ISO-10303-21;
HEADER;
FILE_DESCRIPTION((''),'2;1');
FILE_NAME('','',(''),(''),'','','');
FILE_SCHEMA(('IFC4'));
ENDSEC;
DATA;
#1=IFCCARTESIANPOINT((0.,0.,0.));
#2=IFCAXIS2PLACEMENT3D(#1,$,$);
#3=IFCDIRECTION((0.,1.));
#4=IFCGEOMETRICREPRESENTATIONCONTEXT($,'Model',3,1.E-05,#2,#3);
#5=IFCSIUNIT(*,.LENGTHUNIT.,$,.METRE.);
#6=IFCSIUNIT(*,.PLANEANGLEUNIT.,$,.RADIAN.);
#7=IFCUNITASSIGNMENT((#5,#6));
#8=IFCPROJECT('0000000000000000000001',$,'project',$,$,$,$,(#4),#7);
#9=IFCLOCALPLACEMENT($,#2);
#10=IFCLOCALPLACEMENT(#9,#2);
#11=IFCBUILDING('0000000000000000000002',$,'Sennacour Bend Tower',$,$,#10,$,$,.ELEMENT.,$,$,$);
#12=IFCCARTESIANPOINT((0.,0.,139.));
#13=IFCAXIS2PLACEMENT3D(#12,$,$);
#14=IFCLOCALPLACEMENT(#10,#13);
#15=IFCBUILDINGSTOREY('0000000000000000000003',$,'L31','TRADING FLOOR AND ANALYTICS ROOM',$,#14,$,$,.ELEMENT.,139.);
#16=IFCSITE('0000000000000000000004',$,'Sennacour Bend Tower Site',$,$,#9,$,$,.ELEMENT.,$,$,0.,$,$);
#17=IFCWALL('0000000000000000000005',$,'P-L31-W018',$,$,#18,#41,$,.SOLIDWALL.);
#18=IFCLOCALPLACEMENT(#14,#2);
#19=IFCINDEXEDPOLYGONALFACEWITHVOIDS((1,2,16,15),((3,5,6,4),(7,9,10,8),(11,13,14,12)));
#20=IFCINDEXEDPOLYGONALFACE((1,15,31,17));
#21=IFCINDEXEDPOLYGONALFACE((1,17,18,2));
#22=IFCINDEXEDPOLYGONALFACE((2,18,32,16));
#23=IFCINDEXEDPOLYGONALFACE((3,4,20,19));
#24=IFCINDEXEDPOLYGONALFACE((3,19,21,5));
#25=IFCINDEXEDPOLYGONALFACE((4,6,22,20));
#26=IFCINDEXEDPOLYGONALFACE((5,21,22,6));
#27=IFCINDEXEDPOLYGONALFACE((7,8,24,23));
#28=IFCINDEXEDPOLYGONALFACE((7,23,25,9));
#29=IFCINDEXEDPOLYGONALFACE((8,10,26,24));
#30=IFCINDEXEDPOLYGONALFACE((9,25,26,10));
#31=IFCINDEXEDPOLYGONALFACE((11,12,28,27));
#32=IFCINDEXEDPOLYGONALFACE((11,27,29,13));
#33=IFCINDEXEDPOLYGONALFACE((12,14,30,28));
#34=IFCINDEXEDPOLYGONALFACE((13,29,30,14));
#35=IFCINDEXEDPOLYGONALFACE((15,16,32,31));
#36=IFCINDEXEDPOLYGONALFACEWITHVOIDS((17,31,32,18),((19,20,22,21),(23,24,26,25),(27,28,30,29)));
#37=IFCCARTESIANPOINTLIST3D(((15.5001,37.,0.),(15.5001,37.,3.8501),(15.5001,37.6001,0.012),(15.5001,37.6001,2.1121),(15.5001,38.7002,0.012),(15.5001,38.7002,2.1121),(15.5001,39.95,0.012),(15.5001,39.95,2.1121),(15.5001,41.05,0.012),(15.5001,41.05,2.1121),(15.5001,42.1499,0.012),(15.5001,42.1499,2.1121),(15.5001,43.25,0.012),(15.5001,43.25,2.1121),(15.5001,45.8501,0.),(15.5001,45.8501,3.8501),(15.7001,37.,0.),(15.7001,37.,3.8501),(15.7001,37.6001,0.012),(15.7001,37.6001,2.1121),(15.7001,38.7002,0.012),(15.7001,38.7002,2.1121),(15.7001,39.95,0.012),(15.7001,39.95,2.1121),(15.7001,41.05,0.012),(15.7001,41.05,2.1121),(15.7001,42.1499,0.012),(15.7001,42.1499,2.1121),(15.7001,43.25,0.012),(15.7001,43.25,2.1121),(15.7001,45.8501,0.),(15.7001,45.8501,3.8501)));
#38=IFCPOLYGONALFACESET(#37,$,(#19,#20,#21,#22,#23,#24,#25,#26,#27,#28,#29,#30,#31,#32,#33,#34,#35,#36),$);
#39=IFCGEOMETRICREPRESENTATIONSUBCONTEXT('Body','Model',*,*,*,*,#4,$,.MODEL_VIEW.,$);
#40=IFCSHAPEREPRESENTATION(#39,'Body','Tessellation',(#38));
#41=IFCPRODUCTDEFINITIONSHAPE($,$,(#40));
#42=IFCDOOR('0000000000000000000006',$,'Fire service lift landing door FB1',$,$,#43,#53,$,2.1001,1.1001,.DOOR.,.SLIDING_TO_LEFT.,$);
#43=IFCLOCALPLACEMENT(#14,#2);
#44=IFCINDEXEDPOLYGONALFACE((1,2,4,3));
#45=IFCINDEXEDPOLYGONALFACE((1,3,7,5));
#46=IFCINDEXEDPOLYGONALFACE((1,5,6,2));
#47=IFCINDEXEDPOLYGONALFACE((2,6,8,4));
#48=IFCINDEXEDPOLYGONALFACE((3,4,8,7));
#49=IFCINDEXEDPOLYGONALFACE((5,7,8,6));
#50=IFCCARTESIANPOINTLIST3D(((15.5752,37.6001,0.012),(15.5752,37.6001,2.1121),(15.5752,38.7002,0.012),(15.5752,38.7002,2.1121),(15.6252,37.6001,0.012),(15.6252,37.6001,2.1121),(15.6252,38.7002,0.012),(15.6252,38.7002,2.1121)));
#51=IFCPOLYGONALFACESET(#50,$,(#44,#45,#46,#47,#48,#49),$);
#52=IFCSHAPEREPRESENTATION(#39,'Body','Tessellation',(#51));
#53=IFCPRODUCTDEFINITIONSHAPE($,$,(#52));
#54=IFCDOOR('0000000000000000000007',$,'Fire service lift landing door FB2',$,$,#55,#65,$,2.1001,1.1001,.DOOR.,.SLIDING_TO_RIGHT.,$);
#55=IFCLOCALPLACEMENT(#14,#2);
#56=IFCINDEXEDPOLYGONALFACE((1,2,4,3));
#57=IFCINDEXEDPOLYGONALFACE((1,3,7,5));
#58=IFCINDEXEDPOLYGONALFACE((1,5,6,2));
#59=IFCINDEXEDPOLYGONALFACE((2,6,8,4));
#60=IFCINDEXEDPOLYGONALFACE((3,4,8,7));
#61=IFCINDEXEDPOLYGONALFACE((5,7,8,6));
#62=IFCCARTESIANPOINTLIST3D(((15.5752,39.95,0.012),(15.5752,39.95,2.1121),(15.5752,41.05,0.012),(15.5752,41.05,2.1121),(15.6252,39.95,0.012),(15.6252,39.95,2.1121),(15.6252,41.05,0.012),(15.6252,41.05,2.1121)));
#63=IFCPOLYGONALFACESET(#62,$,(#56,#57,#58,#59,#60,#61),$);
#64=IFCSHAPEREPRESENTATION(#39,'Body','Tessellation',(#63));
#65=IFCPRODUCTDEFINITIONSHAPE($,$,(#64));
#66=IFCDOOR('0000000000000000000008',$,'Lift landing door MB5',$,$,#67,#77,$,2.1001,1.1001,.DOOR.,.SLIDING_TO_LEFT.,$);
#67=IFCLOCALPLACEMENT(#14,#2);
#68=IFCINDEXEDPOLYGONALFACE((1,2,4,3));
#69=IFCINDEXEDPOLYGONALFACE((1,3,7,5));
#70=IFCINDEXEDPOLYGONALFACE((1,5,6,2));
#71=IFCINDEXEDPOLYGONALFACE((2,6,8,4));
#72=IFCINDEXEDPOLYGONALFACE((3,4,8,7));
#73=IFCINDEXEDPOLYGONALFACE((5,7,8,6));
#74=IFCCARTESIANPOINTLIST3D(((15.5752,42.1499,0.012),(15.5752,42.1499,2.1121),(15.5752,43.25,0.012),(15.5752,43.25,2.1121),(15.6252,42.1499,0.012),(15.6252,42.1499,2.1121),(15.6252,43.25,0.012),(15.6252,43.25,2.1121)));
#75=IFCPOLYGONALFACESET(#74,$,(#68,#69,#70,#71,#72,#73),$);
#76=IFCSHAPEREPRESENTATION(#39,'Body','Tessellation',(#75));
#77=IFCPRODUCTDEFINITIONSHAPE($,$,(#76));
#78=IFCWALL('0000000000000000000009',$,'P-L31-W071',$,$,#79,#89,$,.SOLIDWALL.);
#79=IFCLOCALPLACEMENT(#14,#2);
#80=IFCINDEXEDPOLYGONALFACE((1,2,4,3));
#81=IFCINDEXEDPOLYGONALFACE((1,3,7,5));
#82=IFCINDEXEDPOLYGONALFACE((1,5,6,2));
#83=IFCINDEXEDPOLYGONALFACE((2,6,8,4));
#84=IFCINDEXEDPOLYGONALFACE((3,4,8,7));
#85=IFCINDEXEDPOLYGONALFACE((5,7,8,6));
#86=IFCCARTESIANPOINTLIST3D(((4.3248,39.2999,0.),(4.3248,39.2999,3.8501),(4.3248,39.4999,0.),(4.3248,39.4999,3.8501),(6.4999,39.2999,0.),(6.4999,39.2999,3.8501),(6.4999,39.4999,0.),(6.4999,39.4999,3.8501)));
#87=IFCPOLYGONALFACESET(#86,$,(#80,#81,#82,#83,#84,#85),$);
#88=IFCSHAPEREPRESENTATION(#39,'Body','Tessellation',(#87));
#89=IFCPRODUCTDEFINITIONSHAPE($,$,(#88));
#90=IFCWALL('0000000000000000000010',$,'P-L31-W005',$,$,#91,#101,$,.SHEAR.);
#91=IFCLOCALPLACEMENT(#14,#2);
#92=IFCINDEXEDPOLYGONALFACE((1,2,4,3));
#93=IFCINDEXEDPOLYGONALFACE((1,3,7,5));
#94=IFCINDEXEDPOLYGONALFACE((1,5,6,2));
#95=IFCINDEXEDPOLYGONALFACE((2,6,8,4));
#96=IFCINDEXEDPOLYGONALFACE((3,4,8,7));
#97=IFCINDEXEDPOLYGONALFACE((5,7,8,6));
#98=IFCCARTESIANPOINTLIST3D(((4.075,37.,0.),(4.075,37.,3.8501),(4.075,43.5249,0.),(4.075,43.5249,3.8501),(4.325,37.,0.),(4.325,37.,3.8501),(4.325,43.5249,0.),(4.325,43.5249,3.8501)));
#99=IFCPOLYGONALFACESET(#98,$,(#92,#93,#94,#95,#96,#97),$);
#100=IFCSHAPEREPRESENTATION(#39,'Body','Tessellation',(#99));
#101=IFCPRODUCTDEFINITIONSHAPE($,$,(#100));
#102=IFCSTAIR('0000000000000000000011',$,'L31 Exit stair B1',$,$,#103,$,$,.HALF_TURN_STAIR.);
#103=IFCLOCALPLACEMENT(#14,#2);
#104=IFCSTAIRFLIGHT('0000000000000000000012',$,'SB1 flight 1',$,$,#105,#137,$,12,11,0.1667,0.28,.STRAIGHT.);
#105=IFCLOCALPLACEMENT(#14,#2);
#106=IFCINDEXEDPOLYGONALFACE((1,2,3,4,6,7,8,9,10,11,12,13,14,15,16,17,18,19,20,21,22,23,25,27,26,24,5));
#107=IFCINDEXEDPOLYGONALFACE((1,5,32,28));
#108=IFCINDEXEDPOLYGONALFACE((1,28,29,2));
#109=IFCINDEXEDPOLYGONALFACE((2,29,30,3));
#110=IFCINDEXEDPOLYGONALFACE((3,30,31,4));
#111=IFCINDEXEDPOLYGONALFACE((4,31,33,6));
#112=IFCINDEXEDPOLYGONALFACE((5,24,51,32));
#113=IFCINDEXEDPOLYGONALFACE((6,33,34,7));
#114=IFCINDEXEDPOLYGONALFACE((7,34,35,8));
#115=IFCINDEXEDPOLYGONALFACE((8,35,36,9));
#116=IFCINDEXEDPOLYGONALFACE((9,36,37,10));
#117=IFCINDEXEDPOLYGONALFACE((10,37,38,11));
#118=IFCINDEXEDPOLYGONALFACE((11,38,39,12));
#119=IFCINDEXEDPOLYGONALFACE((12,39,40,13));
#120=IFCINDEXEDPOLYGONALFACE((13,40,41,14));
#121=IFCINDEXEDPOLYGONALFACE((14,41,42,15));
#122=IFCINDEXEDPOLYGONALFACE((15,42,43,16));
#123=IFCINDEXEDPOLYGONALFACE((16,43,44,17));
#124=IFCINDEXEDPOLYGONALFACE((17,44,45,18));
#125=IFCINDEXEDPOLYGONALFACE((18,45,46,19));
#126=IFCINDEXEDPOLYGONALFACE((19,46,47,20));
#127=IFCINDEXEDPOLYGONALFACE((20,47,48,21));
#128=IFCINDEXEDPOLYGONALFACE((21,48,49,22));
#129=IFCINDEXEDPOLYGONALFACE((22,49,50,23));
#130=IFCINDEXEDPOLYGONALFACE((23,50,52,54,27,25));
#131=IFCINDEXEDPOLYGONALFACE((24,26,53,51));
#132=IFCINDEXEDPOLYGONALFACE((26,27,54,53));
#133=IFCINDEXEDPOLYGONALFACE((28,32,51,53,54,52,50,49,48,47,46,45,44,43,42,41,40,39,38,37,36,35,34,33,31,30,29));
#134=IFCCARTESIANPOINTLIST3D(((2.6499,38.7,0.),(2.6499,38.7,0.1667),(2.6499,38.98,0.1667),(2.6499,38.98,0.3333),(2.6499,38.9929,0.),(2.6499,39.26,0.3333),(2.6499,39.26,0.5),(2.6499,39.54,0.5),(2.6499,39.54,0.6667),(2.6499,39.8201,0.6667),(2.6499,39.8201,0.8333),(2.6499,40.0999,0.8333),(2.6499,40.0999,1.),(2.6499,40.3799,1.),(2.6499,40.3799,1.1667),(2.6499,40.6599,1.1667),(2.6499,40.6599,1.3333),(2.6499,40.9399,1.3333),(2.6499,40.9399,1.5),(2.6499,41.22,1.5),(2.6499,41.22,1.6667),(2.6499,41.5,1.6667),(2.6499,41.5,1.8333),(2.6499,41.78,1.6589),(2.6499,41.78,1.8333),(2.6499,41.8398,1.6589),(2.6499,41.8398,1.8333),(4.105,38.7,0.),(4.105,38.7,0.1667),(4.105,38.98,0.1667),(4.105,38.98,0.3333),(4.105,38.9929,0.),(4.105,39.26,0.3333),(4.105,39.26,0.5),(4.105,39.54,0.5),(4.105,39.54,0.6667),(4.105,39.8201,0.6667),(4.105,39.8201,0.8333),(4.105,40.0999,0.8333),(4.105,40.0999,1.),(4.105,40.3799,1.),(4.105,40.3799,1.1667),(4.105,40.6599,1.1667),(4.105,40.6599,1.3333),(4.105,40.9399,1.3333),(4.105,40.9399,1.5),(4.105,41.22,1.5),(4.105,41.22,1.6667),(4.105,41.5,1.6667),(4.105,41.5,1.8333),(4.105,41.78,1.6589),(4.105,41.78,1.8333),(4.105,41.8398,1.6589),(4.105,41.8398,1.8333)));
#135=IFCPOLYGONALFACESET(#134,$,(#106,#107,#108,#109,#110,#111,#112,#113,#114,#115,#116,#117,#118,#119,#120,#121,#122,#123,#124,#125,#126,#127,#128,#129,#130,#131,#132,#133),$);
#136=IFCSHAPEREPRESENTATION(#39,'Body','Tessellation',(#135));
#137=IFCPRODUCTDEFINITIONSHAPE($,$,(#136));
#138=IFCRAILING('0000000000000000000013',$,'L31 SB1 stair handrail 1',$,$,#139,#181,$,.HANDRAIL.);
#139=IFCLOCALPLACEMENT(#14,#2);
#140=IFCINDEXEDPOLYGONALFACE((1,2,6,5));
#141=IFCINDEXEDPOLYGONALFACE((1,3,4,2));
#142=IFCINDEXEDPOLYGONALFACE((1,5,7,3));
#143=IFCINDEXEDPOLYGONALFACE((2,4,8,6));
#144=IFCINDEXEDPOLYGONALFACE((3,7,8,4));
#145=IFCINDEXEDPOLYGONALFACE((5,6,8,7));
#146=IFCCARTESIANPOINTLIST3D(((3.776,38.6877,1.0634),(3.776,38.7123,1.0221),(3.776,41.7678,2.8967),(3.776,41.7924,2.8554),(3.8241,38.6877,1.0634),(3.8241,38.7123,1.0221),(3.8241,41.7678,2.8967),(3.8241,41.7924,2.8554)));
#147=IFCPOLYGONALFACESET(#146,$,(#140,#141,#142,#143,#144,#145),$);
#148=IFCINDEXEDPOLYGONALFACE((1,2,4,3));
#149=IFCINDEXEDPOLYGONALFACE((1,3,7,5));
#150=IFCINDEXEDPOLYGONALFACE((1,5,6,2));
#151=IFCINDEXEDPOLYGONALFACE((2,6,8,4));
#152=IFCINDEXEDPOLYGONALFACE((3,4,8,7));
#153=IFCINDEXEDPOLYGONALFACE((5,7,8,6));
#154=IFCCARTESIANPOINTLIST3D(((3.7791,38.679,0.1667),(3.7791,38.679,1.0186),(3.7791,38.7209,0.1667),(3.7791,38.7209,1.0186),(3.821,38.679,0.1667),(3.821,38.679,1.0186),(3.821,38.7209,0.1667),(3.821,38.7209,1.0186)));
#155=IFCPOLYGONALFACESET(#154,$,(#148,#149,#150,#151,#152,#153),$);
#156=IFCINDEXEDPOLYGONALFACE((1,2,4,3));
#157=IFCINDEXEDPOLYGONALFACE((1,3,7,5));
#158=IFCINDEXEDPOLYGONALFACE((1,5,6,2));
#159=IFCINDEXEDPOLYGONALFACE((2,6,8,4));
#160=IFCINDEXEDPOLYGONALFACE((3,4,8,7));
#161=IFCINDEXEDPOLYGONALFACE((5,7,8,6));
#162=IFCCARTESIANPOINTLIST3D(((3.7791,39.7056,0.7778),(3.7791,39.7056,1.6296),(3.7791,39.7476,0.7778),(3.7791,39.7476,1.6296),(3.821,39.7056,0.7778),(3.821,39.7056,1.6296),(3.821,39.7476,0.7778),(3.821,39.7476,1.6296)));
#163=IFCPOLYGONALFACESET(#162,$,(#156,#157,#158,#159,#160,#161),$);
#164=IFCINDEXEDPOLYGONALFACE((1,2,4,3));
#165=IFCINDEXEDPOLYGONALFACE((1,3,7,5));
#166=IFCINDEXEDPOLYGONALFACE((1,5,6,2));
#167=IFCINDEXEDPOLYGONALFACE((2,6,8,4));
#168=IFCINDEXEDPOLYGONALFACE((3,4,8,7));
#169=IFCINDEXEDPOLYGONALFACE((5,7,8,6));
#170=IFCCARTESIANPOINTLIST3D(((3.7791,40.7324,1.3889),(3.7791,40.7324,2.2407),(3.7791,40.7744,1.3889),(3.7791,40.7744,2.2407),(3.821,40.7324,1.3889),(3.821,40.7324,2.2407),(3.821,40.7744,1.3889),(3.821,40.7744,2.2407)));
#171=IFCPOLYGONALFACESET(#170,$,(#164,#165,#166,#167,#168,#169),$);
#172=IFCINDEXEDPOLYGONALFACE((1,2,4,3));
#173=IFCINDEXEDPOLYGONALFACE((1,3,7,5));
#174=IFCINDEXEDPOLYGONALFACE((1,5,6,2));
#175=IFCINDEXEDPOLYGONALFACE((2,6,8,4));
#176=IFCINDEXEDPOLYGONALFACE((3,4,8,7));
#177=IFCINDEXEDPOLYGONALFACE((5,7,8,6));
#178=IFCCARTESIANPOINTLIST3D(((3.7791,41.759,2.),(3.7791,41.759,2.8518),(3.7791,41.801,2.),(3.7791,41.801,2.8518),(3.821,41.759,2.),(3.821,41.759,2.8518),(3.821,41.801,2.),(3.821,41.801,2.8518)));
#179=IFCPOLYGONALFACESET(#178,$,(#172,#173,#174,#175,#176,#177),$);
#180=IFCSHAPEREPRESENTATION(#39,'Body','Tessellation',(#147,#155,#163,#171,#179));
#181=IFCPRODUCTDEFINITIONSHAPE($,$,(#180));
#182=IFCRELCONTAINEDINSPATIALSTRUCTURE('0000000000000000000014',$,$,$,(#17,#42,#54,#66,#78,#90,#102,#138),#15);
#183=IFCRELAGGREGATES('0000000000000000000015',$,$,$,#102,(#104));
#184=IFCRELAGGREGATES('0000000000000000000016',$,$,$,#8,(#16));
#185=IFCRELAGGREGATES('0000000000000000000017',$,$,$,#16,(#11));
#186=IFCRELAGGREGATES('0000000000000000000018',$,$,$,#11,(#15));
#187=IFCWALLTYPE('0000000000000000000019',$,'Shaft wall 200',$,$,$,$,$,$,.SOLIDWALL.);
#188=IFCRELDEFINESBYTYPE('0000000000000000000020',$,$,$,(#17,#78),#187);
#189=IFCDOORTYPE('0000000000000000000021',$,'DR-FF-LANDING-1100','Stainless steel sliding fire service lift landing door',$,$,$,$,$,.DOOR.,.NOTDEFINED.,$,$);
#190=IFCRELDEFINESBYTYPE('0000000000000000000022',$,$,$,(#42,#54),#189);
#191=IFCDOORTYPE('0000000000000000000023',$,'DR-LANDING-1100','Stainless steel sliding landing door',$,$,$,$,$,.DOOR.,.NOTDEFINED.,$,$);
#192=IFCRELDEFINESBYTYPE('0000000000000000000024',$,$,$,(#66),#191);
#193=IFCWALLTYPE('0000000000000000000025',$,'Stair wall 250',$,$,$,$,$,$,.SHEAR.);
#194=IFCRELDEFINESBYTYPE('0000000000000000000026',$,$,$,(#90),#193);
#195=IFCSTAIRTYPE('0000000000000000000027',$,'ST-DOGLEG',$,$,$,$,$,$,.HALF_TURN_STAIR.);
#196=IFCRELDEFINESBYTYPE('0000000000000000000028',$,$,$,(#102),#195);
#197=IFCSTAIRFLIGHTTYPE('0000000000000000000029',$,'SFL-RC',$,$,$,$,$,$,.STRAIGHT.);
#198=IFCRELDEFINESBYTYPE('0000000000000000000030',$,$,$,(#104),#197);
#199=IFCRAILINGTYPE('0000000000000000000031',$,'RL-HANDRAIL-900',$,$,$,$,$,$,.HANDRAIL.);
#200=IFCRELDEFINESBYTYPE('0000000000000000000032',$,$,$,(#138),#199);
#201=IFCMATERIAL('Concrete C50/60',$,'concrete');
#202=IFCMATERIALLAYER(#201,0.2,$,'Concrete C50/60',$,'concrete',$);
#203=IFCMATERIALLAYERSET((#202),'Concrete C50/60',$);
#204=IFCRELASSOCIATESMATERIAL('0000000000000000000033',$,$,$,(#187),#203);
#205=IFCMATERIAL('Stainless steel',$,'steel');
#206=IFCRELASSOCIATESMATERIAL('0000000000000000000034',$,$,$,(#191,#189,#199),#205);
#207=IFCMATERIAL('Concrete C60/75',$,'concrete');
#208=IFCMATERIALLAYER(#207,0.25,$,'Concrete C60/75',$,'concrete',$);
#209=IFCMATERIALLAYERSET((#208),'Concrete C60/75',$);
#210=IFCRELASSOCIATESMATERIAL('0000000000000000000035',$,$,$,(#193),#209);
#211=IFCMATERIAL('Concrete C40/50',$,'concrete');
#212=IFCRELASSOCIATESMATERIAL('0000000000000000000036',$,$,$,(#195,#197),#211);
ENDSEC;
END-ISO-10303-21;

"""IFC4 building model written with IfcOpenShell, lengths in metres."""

from ifc_helpers import new_model, si_unit, direction, frame, frame_2d, origin, origin_2d, place, context, subcontext, project, spatial, polyline, rectangle, outline, extrude, material, layer, layer_set, type_object, element, fill, aggregate, save


model = new_model("IFC4")

# Units and contexts
model_context = context("Model", 3, precision=1e-05, world=origin(), true_north=direction((0.0, 1.0)))
body_context = subcontext(model_context, "Body", "Model", "MODEL_VIEW")
ifc_project = project(units=[si_unit("LENGTHUNIT", "METRE"), si_unit("PLANEANGLEUNIT", "RADIAN")], contexts=[model_context])

# Site, building, storey
site_placement = place(None, origin())
site = spatial("IfcSite", under=ifc_project, at=site_placement, Name="Sennacour Bend Tower Site", CompositionType="ELEMENT", RefElevation=0.0)
building_placement = place(site_placement, origin())
building = spatial("IfcBuilding", under=site, at=building_placement, Name="Sennacour Bend Tower", CompositionType="ELEMENT")
storey_placement = place(building_placement, frame((0.0, 0.0, 139.0)))
storey = spatial("IfcBuildingStorey", under=building, at=storey_placement, Name="L31", Description="TRADING FLOOR AND ANALYTICS ROOM", CompositionType="ELEMENT", Elevation=139.0)

# Shared definitions
ifc_material_1 = material(Name="Concrete C50/60", Category="concrete")
ifc_layer_1 = layer(ifc_material_1, 0.2, Name="Concrete C50/60", Category="concrete")
ifc_layer_set_1 = layer_set([ifc_layer_1], Name="Concrete C50/60")
wall_type_1 = type_object("IfcWallType", Name="Shaft wall 200", PredefinedType="SOLIDWALL", material=ifc_layer_set_1)

# Shared definitions
ifc_material_2 = material(Name="Stainless steel", Category="steel")
door_type_1 = type_object("IfcDoorType", Name="DR-LANDING-1100", Description="Stainless steel sliding landing door", OperationType="NOTDEFINED", PredefinedType="DOOR", material=ifc_material_2)

# Wall, openings, doors
wall_1_placement = place(storey_placement, frame((15.6001, 37.0, 0.0), z_axis=(0.0, 0.0, 1.0), x_axis=(0.0, 1.0, 0.0)))
wall_1 = element("IfcWall", 1, at=wall_1_placement, inside=storey, type_object=wall_type_1, Name="P-L31-W018", PredefinedType="SOLIDWALL", context=body_context, shape_type="SweptSolid", body=[
    extrude(rectangle(XDim=8.8501, YDim=0.2, at=frame_2d((4.425, 0.0))), origin(), (0.0, 0.0, 1.0), 3.8501),
])
opening_1_placement = place(wall_1_placement, frame((0.6001, 0.0, 0.012)))
opening_1 = element("IfcOpeningElement", 2, at=opening_1_placement, cuts=wall_1, PredefinedType="OPENING", context=body_context, shape_type="SweptSolid", body=[
    extrude(rectangle(XDim=1.1001, YDim=2.1001, at=frame_2d((0.55, 1.05))), frame((0.0, 0.1099, 0.0), z_axis=(0.0, -1.0, 0.0), x_axis=(1.0, 0.0, 0.0)), (0.0, 0.0, 1.0), 0.22),
])
opening_2_placement = place(wall_1_placement, frame((2.95, 0.0, 0.012)))
opening_2 = element("IfcOpeningElement", 3, at=opening_2_placement, cuts=wall_1, PredefinedType="OPENING", context=body_context, shape_type="SweptSolid", body=[
    extrude(rectangle(XDim=1.1001, YDim=2.1001, at=frame_2d((0.55, 1.05))), frame((0.0, 0.1099, 0.0), z_axis=(0.0, -1.0, 0.0), x_axis=(1.0, 0.0, 0.0)), (0.0, 0.0, 1.0), 0.22),
])
opening_3_placement = place(wall_1_placement, frame((5.1499, 0.0, 0.012)))
opening_3 = element("IfcOpeningElement", 4, at=opening_3_placement, cuts=wall_1, PredefinedType="OPENING", context=body_context, shape_type="SweptSolid", body=[
    extrude(rectangle(XDim=1.1001, YDim=2.1001, at=frame_2d((0.55, 1.05))), frame((0.0, 0.1099, 0.0), z_axis=(0.0, -1.0, 0.0), x_axis=(1.0, 0.0, 0.0)), (0.0, 0.0, 1.0), 0.22),
])
door_type_2 = type_object("IfcDoorType", Name="DR-FF-LANDING-1100", Description="Stainless steel sliding fire service lift landing door", OperationType="NOTDEFINED", PredefinedType="DOOR", material=ifc_material_2)
door_1_placement = place(opening_1_placement, origin())
door_1 = element("IfcDoor", 5, at=door_1_placement, inside=storey, type_object=door_type_2, Name="Fire service lift landing door FB1", OperationType="SLIDING_TO_LEFT", OverallHeight=2.1001, OverallWidth=1.1001, PredefinedType="DOOR", context=body_context, shape_type="SweptSolid", body=[
    extrude(rectangle(XDim=1.1001, YDim=2.1001, at=frame_2d((0.55, 1.05))), frame((0.0, 0.0249, 0.0), z_axis=(0.0, -1.0, 0.0), x_axis=(1.0, 0.0, 0.0)), (0.0, 0.0, 1.0), 0.05),
])
fill(opening_1, door_1)
door_2_placement = place(opening_2_placement, origin())
door_2 = element("IfcDoor", 6, at=door_2_placement, inside=storey, type_object=door_type_2, Name="Fire service lift landing door FB2", OperationType="SLIDING_TO_RIGHT", OverallHeight=2.1001, OverallWidth=1.1001, PredefinedType="DOOR", context=body_context, shape_type="SweptSolid", body=[
    extrude(rectangle(XDim=1.1001, YDim=2.1001, at=frame_2d((0.55, 1.05))), frame((0.0, 0.0249, 0.0), z_axis=(0.0, -1.0, 0.0), x_axis=(1.0, 0.0, 0.0)), (0.0, 0.0, 1.0), 0.05),
])
fill(opening_2, door_2)
door_3_placement = place(opening_3_placement, origin())
door_3 = element("IfcDoor", 7, at=door_3_placement, inside=storey, type_object=door_type_1, Name="Lift landing door MB5", OperationType="SLIDING_TO_LEFT", OverallHeight=2.1001, OverallWidth=1.1001, PredefinedType="DOOR", context=body_context, shape_type="SweptSolid", body=[
    extrude(rectangle(XDim=1.1001, YDim=2.1001, at=frame_2d((0.55, 1.05))), frame((0.0, 0.0249, 0.0), z_axis=(0.0, -1.0, 0.0), x_axis=(1.0, 0.0, 0.0)), (0.0, 0.0, 1.0), 0.05),
])
fill(opening_3, door_3)

# Walls
wall_2_placement = place(storey_placement, frame((4.325, 39.3999, 0.0), z_axis=(0.0, 0.0, 1.0), x_axis=(1.0, 0.0, 0.0)))
element("IfcWall", 8, at=wall_2_placement, inside=storey, type_object=wall_type_1, Name="P-L31-W071", PredefinedType="SOLIDWALL", context=body_context, shape_type="SweptSolid", body=[
    extrude(rectangle(XDim=2.175, YDim=0.2, at=frame_2d((1.0874, 0.0))), origin(), (0.0, 0.0, 1.0), 3.8501),
])
ifc_material_3 = material(Name="Concrete C60/75", Category="concrete")
ifc_layer_2 = layer(ifc_material_3, 0.25, Name="Concrete C60/75", Category="concrete")
ifc_layer_set_2 = layer_set([ifc_layer_2], Name="Concrete C60/75")
wall_type_2 = type_object("IfcWallType", Name="Stair wall 250", PredefinedType="SHEAR", material=ifc_layer_set_2)
wall_3_placement = place(storey_placement, frame((4.2, 37.0, 0.0), z_axis=(0.0, 0.0, 1.0), x_axis=(0.0, 1.0, 0.0)))
element("IfcWall", 9, at=wall_3_placement, inside=storey, type_object=wall_type_2, Name="P-L31-W005", PredefinedType="SHEAR", context=body_context, shape_type="SweptSolid", body=[
    extrude(rectangle(XDim=6.5249, YDim=0.25, at=frame_2d((3.2625, 0.0))), origin(), (0.0, 0.0, 1.0), 3.8501),
])

# Stair, stair flight
ifc_material_4 = material(Name="Concrete C40/50", Category="concrete")
stair_type = type_object("IfcStairType", Name="ST-DOGLEG", PredefinedType="HALF_TURN_STAIR", material=ifc_material_4)
stair_placement = place(storey_placement, origin())
stair = element("IfcStair", 10, at=stair_placement, inside=storey, type_object=stair_type, Name="L31 Exit stair B1", PredefinedType="HALF_TURN_STAIR")
stair_flight_type = type_object("IfcStairFlightType", Name="SFL-RC", PredefinedType="STRAIGHT", material=ifc_material_4)
stair_flight_placement = place(storey_placement, frame((3.3774, 38.7, 0.0), z_axis=(0.0, 0.0, 1.0), x_axis=(0.0, 1.0, 0.0)))
stair_flight = element("IfcStairFlight", 11, at=stair_flight_placement, type_object=stair_flight_type, Name="SB1 flight 1", NumberOfRisers=12, NumberOfTreads=11, PredefinedType="STRAIGHT", RiserHeight=0.1667, TreadLength=0.28, context=body_context, shape_type="SweptSolid", body=[
    extrude(outline(polyline([(0.0, 0.0), (0.0, 0.1667), (0.28, 0.1667), (0.28, 0.3333), (0.5601, 0.3333), (0.5601, 0.5), (0.8401, 0.5), (0.8401, 0.6667), (1.1201, 0.6667), (1.1201, 0.8333), (1.3999, 0.8333), (1.3999, 1.0), (1.6799, 1.0), (1.6799, 1.1667), (1.96, 1.1667), (1.96, 1.3333), (2.24, 1.3333), (2.24, 1.5), (2.52, 1.5), (2.52, 1.6667), (2.8, 1.6667), (2.8, 1.8333), (3.0801, 1.8333), (3.1399, 1.8333), (3.1399, 1.6589), (3.0801, 1.6589), (0.293, 0.0), (0.0, 0.0)])), frame((0.0, 0.7275, 0.0), z_axis=(0.0, -1.0, 0.0), x_axis=(1.0, 0.0, 0.0)), (0.0, 0.0, 1.0), 1.4551),
])
aggregate(stair, [stair_flight])

# Railing
railing_type = type_object("IfcRailingType", Name="RL-HANDRAIL-900", PredefinedType="HANDRAIL", material=ifc_material_2)
railing_placement = place(storey_placement, frame((3.8, 38.7, 0.1667)))
element("IfcRailing", 12, at=railing_placement, inside=storey, type_object=railing_type, Name="L31 SB1 stair handrail 1", PredefinedType="HANDRAIL", context=body_context, shape_type="SweptSolid", body=[
    extrude(rectangle(XDim=0.0481, YDim=0.0481, at=origin_2d()), frame((0.0, 0.0, 0.876), z_axis=(0.0, 0.859309, 0.511458), x_axis=(-1.0, 0.0, 0.0)), (0.0, 0.0, 1.0), 3.5845),
    extrude(rectangle(XDim=0.042, YDim=0.042, at=origin_2d()), origin(), (0.0, 0.0, 1.0), 0.8518),
    extrude(rectangle(XDim=0.042, YDim=0.042, at=origin_2d()), frame((0.0, 1.0266, 0.6111)), (0.0, 0.0, 1.0), 0.8518),
    extrude(rectangle(XDim=0.042, YDim=0.042, at=origin_2d()), frame((0.0, 2.0535, 1.2222)), (0.0, 0.0, 1.0), 0.8518),
    extrude(rectangle(XDim=0.042, YDim=0.042, at=origin_2d()), frame((0.0, 3.0801, 1.8333)), (0.0, 0.0, 1.0), 0.8518),
])

save(model, "model.ifc")
